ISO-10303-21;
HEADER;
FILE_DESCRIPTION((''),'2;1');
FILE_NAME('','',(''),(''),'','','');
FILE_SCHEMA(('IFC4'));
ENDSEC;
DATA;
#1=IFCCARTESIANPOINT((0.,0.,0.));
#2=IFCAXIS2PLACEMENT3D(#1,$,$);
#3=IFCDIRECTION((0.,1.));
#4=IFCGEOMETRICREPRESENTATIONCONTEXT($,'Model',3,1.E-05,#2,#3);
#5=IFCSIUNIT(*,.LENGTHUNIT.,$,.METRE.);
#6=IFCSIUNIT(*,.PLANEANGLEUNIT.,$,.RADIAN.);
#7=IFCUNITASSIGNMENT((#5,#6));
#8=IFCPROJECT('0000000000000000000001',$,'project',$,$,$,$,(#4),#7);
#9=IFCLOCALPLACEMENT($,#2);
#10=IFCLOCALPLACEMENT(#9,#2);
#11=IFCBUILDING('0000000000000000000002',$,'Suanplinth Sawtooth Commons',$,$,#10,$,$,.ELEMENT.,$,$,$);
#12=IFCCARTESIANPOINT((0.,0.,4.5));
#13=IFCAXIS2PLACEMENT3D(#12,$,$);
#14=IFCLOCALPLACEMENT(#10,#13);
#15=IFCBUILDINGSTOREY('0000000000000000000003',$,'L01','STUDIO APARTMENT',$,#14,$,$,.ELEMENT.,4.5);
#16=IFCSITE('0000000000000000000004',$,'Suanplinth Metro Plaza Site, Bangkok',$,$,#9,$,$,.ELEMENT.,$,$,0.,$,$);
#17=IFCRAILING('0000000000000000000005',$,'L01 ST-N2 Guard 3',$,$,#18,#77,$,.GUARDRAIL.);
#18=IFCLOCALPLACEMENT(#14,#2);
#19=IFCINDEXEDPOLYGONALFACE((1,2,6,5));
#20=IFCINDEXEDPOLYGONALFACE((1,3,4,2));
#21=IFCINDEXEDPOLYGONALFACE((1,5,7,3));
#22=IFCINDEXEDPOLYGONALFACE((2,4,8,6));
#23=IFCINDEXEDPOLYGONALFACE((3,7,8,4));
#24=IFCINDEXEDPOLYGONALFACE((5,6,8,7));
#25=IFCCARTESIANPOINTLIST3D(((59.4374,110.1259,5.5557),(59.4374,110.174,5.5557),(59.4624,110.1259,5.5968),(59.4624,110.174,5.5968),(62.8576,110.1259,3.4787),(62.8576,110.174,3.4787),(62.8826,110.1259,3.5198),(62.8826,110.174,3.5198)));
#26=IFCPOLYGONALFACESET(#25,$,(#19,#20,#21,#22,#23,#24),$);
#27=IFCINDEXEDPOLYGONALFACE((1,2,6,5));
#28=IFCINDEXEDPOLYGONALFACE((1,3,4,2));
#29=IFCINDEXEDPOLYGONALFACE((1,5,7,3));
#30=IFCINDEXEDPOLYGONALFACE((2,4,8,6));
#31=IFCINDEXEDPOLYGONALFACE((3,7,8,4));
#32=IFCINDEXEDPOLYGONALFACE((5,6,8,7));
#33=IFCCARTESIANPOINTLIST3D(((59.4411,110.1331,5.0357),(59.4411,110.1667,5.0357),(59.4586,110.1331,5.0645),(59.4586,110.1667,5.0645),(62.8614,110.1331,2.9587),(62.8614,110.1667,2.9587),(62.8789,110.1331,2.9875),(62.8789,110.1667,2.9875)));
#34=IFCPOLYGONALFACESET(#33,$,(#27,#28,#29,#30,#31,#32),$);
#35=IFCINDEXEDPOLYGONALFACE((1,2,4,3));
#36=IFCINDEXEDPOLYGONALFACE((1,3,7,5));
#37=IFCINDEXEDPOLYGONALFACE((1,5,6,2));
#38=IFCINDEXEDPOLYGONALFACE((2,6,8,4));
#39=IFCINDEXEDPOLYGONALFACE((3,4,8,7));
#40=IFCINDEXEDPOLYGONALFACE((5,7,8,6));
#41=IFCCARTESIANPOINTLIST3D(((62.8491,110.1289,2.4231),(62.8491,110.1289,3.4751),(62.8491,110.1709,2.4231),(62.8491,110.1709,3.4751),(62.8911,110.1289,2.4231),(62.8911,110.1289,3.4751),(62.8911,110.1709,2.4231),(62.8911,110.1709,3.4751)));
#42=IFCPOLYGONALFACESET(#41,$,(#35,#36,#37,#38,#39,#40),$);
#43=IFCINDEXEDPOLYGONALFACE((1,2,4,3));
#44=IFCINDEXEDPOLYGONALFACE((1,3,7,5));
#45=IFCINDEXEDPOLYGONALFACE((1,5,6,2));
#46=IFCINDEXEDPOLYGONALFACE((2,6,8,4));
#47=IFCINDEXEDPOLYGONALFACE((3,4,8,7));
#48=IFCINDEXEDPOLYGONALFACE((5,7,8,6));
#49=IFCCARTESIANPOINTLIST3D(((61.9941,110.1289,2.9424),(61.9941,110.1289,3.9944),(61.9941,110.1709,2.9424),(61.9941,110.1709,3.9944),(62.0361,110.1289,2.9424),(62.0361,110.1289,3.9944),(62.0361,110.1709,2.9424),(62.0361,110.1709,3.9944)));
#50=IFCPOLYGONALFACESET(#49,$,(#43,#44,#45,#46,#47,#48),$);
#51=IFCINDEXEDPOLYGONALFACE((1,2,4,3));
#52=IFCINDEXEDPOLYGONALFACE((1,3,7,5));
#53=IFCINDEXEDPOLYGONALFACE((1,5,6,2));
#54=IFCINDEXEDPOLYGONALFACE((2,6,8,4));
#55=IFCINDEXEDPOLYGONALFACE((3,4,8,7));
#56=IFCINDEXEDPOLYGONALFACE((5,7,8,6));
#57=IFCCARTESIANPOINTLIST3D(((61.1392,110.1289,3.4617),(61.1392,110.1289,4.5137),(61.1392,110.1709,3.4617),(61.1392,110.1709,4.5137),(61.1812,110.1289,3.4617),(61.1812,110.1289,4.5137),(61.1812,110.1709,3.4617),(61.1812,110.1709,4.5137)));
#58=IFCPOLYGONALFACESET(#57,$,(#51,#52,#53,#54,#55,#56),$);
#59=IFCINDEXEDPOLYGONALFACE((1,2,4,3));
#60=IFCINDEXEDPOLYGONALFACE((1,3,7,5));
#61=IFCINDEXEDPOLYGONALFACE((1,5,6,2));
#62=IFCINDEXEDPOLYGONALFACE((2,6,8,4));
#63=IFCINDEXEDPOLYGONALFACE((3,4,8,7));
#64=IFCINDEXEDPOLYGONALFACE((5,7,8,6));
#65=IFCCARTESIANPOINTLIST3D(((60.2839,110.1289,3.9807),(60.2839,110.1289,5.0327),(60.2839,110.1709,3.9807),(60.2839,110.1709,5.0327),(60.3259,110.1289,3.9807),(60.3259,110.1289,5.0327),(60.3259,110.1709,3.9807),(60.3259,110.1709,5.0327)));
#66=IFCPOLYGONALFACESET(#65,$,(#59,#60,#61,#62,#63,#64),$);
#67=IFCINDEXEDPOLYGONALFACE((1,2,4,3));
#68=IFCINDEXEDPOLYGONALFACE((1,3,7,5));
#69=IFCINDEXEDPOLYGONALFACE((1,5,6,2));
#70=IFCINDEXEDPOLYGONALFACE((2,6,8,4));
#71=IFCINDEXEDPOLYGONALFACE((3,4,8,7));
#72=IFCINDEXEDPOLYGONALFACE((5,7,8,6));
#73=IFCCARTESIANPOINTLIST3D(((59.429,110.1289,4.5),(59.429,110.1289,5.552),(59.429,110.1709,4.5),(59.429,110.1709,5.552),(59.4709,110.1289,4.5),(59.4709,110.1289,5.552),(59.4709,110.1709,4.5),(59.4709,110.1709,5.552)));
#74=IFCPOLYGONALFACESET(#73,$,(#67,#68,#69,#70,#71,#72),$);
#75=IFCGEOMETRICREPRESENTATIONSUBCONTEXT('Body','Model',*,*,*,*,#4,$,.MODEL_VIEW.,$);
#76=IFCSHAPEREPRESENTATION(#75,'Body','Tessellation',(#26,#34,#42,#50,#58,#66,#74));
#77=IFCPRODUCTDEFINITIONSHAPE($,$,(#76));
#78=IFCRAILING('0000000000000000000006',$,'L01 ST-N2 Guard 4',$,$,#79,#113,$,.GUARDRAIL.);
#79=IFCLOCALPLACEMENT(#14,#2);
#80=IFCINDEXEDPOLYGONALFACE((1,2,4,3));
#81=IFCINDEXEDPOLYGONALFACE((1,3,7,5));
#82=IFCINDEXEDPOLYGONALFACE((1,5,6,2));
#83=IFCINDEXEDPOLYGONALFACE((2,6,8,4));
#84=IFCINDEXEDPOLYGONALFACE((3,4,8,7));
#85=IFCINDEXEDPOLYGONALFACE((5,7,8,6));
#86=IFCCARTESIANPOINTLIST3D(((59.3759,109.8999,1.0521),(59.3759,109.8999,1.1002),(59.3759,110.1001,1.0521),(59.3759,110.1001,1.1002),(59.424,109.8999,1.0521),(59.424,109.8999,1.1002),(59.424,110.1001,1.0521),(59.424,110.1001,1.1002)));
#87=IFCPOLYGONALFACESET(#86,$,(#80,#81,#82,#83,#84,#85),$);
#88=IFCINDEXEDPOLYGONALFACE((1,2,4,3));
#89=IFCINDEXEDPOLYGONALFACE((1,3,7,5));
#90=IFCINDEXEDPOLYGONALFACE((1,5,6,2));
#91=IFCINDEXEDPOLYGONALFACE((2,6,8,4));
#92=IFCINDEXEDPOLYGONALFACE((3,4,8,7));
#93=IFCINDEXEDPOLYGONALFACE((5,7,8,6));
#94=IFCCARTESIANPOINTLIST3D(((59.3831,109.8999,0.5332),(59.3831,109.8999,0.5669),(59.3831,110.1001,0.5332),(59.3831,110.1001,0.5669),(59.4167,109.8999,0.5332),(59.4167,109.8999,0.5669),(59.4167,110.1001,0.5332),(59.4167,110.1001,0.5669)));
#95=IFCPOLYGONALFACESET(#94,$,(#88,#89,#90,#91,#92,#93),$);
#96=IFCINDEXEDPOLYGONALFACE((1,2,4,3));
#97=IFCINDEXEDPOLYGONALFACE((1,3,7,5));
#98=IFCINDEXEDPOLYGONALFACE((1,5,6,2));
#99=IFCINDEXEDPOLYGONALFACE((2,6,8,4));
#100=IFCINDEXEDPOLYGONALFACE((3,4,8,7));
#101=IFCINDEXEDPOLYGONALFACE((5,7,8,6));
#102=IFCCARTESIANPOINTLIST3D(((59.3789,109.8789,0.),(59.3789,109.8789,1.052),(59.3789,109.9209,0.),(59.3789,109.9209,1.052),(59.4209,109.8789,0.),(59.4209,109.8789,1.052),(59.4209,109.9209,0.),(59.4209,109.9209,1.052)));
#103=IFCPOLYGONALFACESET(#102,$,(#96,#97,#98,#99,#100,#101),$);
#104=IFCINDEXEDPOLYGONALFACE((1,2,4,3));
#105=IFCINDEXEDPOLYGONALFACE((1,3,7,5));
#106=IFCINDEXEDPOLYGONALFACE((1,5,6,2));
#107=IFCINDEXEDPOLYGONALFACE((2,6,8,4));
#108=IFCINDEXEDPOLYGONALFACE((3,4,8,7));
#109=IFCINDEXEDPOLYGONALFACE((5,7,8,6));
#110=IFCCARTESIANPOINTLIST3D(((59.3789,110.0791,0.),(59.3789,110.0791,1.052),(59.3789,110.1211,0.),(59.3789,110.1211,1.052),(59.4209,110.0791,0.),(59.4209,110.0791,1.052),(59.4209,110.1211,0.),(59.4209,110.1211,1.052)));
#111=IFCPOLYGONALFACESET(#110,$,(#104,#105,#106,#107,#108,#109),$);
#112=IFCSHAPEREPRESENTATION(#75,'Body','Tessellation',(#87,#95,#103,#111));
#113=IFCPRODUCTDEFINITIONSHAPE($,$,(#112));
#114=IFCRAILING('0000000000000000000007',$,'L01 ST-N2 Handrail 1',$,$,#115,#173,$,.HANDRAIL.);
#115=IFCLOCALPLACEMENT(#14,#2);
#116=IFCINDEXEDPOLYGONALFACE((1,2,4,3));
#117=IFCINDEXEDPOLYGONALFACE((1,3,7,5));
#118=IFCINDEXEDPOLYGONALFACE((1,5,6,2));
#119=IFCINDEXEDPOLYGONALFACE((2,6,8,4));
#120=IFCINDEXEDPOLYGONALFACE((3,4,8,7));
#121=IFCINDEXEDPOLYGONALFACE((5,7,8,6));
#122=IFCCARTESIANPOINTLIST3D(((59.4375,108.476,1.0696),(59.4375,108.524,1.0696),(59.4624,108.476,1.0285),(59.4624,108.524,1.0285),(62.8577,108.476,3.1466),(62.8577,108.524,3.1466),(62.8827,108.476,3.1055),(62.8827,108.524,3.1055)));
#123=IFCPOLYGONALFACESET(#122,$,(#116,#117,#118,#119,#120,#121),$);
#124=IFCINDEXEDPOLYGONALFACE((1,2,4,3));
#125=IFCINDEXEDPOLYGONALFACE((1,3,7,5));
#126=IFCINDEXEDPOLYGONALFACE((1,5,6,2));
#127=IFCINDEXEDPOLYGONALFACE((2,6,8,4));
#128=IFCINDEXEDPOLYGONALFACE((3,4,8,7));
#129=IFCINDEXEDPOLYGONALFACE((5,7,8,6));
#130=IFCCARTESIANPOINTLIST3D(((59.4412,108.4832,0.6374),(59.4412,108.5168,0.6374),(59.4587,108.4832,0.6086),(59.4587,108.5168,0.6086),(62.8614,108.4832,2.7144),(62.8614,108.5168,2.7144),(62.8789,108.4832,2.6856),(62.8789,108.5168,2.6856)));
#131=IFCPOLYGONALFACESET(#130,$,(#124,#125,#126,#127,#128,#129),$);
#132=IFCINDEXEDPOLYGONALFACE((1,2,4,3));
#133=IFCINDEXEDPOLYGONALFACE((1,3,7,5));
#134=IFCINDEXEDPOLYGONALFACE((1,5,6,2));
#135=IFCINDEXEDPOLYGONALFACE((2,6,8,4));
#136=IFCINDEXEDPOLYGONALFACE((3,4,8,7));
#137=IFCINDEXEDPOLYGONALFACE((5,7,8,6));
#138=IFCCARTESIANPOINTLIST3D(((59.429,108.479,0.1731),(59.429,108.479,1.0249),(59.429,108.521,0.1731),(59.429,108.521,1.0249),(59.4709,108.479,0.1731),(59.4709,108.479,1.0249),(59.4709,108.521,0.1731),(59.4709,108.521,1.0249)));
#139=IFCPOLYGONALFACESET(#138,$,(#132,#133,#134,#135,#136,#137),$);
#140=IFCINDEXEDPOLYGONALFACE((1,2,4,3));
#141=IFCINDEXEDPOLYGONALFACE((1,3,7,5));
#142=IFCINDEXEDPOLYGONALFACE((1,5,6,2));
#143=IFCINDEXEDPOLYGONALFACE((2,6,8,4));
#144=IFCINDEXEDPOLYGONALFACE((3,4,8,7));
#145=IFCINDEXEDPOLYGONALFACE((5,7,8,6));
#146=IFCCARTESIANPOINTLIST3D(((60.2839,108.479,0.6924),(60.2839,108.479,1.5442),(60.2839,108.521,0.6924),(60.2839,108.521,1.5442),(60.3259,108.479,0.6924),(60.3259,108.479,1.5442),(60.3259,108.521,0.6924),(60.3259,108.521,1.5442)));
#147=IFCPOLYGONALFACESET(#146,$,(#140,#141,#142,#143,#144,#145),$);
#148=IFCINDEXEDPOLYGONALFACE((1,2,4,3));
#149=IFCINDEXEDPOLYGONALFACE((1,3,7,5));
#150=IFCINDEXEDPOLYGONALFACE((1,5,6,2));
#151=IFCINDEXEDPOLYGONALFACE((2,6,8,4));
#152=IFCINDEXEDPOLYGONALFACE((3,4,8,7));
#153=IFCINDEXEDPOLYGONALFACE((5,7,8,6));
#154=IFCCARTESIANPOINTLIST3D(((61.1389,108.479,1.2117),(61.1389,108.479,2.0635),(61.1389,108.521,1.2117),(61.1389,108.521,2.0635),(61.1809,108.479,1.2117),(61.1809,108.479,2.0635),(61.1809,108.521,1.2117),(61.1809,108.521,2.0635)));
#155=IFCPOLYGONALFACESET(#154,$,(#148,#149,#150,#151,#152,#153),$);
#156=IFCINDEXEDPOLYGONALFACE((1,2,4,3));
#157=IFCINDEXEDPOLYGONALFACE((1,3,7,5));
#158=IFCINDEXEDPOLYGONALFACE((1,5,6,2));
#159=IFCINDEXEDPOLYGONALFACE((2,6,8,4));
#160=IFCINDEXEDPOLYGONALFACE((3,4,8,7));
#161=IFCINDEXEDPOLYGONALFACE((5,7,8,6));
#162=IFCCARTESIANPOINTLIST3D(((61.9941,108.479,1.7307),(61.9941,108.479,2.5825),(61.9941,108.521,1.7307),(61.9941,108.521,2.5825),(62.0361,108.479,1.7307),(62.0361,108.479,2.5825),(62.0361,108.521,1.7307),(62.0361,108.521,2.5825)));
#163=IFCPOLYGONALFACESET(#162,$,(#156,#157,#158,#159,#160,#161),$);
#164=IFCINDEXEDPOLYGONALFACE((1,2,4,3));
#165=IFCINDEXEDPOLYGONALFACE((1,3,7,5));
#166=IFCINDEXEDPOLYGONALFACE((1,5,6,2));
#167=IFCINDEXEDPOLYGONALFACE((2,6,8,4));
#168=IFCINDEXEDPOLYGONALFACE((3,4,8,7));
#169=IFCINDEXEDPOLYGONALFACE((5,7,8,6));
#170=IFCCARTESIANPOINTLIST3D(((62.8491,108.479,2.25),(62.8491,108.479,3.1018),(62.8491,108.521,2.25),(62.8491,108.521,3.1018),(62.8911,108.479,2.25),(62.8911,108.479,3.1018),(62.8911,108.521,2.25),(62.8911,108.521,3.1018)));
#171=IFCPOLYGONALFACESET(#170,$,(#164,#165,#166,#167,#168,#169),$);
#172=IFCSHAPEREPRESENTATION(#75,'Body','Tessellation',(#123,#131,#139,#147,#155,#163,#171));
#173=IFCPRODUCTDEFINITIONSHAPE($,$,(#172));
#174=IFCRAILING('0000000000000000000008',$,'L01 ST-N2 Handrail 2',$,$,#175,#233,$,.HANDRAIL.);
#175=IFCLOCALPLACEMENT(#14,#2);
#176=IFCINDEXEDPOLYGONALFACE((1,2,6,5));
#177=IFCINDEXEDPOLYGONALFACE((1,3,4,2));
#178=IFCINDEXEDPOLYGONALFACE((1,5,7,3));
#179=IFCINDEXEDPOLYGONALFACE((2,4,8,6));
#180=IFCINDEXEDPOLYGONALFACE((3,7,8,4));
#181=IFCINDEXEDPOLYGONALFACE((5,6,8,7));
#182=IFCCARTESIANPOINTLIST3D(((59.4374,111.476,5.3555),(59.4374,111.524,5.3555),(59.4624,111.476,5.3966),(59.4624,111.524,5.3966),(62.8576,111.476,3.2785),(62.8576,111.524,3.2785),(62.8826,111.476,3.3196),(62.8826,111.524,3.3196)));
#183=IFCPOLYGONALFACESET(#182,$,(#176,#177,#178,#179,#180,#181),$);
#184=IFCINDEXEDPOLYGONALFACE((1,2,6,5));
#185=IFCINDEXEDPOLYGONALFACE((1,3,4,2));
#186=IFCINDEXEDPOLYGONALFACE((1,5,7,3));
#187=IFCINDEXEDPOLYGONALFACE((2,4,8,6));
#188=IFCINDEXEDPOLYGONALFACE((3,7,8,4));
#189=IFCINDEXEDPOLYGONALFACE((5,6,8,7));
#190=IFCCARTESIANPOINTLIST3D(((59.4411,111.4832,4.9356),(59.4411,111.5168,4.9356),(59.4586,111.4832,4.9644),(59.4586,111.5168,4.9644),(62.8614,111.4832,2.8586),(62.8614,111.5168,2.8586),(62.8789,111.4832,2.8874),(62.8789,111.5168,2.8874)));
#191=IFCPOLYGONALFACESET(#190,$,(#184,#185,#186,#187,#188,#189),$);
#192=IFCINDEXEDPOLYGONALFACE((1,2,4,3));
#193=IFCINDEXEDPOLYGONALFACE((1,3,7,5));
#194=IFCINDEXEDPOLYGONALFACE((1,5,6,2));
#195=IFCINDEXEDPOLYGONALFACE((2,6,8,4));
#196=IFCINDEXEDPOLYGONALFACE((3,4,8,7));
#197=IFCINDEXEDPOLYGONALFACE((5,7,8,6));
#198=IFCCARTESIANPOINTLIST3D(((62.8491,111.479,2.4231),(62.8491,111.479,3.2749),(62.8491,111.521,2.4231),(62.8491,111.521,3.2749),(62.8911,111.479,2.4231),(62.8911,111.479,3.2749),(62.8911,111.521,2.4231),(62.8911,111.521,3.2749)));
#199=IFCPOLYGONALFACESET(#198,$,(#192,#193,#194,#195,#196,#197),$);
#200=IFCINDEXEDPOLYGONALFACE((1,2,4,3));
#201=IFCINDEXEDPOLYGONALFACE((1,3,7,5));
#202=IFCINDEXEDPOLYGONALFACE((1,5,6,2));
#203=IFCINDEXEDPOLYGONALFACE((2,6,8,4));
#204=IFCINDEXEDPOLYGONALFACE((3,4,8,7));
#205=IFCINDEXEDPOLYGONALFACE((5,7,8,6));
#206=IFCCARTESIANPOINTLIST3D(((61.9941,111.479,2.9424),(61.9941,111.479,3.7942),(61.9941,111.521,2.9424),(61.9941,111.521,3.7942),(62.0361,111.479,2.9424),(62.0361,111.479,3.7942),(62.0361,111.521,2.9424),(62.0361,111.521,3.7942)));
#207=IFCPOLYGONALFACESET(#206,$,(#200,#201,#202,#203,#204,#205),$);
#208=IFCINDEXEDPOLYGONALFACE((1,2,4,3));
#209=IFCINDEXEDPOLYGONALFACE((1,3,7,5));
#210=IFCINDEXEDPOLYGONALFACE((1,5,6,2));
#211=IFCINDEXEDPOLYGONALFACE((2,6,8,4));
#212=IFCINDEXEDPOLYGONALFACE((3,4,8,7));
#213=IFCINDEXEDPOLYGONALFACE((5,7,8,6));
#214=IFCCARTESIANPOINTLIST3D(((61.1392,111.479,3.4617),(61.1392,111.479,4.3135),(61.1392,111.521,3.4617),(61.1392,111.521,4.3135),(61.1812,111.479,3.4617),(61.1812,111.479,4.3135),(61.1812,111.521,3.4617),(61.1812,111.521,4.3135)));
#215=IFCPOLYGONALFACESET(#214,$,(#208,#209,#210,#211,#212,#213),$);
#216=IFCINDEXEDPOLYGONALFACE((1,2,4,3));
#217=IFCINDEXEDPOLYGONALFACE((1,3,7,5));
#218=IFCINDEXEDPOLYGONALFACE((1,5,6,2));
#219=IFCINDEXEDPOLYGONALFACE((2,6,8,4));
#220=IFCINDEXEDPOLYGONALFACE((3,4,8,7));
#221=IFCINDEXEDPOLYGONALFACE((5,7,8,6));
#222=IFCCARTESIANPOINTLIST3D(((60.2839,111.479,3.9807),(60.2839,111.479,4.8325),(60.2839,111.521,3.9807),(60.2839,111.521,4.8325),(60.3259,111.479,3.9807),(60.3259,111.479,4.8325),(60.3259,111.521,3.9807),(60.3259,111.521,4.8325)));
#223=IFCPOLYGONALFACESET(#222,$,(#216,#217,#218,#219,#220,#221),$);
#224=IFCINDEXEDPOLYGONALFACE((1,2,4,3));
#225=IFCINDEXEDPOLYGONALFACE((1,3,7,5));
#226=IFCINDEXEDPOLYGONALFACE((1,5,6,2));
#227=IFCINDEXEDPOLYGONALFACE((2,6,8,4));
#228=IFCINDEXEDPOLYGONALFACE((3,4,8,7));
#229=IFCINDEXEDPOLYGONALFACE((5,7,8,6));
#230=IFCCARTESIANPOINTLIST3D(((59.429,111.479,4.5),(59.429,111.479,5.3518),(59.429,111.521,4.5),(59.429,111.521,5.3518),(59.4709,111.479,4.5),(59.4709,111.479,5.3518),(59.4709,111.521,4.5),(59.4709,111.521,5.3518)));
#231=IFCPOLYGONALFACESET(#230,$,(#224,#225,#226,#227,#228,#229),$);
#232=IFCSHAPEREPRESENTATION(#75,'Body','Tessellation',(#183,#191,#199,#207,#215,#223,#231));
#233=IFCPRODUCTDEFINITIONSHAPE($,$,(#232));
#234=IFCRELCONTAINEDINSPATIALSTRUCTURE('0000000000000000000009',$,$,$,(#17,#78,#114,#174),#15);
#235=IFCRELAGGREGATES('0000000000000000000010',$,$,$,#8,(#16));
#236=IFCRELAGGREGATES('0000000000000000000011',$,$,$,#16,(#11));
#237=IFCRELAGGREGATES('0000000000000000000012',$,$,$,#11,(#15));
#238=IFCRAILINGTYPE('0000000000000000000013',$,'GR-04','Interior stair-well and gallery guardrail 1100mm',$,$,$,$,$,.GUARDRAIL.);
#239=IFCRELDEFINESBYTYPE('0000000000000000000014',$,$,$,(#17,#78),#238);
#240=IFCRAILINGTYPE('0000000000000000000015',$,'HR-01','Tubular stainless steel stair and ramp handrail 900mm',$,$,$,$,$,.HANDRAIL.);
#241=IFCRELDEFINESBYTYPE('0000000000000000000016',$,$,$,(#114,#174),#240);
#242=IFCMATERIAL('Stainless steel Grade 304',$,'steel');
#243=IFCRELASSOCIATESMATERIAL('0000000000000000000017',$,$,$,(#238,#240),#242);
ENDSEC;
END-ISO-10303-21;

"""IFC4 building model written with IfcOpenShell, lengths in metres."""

from ifc_helpers import new_model, si_unit, direction, frame, origin, origin_2d, place, context, subcontext, project, spatial, rectangle, extrude, material, type_object, element, save


model = new_model("IFC4")

# Units and contexts
model_context = context("Model", 3, precision=1e-05, world=origin(), true_north=direction((0.0, 1.0)))
body_context = subcontext(model_context, "Body", "Model", "MODEL_VIEW")
ifc_project = project(units=[si_unit("LENGTHUNIT", "METRE"), si_unit("PLANEANGLEUNIT", "RADIAN")], contexts=[model_context])

# Site, building, storey
site_placement = place(None, origin())
site = spatial("IfcSite", under=ifc_project, at=site_placement, Name="Suanplinth Metro Plaza Site, Bangkok", CompositionType="ELEMENT", RefElevation=0.0)
building_placement = place(site_placement, origin())
building = spatial("IfcBuilding", under=site, at=building_placement, Name="Suanplinth Sawtooth Commons", CompositionType="ELEMENT")
storey_placement = place(building_placement, frame((0.0, 0.0, 4.5)))
storey = spatial("IfcBuildingStorey", under=building, at=storey_placement, Name="L01", Description="STUDIO APARTMENT", CompositionType="ELEMENT", Elevation=4.5)

# Shared definitions
ifc_material_1 = material(Name="Stainless steel Grade 304", Category="steel")

# Railings
railing_type_1 = type_object("IfcRailingType", Name="GR-04", Description="Interior stair-well and gallery guardrail 1100mm", PredefinedType="GUARDRAIL", material=ifc_material_1)
railing_1_placement = place(storey_placement, frame((62.8701, 110.1499, 2.4231)))
element("IfcRailing", 1, at=railing_1_placement, inside=storey, type_object=railing_type_1, Name="L01 ST-N2 Guard 3", PredefinedType="GUARDRAIL", context=body_context, shape_type="SweptSolid", body=[
    extrude(rectangle(XDim=0.0481, YDim=0.0481, at=origin_2d()), frame((0.0, 0.0, 1.0762), z_axis=(-0.854746, 0.0, 0.519047), x_axis=(0.0, -1.0, 0.0)), (0.0, 0.0, 1.0), 4.0015),
    extrude(rectangle(XDim=0.0337, YDim=0.0337, at=origin_2d()), frame((0.0, 0.0, 0.55), z_axis=(-0.854746, 0.0, 0.519047), x_axis=(0.0, -1.0, 0.0)), (0.0, 0.0, 1.0), 4.0015),
    extrude(rectangle(XDim=0.042, YDim=0.042, at=origin_2d()), origin(), (0.0, 0.0, 1.0), 1.052),
    extrude(rectangle(XDim=0.042, YDim=0.042, at=origin_2d()), frame((-0.855, 0.0, 0.5193)), (0.0, 0.0, 1.0), 1.052),
    extrude(rectangle(XDim=0.042, YDim=0.042, at=origin_2d()), frame((-1.71, 0.0, 1.0386)), (0.0, 0.0, 1.0), 1.052),
    extrude(rectangle(XDim=0.042, YDim=0.042, at=origin_2d()), frame((-2.5652, 0.0, 1.5576)), (0.0, 0.0, 1.0), 1.052),
    extrude(rectangle(XDim=0.042, YDim=0.042, at=origin_2d()), frame((-3.4202, 0.0, 2.0769)), (0.0, 0.0, 1.0), 1.052),
])
railing_2_placement = place(storey_placement, frame((59.3999, 109.8999, 0.0)))
element("IfcRailing", 2, at=railing_2_placement, inside=storey, type_object=railing_type_1, Name="L01 ST-N2 Guard 4", PredefinedType="GUARDRAIL", context=body_context, shape_type="SweptSolid", body=[
    extrude(rectangle(XDim=0.0481, YDim=0.0481, at=origin_2d()), frame((0.0, 0.0, 1.0762), z_axis=(0.0, 1.0, 0.0), x_axis=(-1.0, 0.0, 0.0)), (0.0, 0.0, 1.0), 0.2002),
    extrude(rectangle(XDim=0.0337, YDim=0.0337, at=origin_2d()), frame((0.0, 0.0, 0.55), z_axis=(0.0, 1.0, 0.0), x_axis=(-1.0, 0.0, 0.0)), (0.0, 0.0, 1.0), 0.2002),
    extrude(rectangle(XDim=0.042, YDim=0.042, at=origin_2d()), origin(), (0.0, 0.0, 1.0), 1.052),
    extrude(rectangle(XDim=0.042, YDim=0.042, at=origin_2d()), frame((0.0, 0.2002, 0.0)), (0.0, 0.0, 1.0), 1.052),
])
railing_type_2 = type_object("IfcRailingType", Name="HR-01", Description="Tubular stainless steel stair and ramp handrail 900mm", PredefinedType="HANDRAIL", material=ifc_material_1)
railing_3_placement = place(storey_placement, frame((59.45, 108.5, 0.1731)))
element("IfcRailing", 3, at=railing_3_placement, inside=storey, type_object=railing_type_2, Name="L01 ST-N2 Handrail 1", PredefinedType="HANDRAIL", context=body_context, shape_type="SweptSolid", body=[
    extrude(rectangle(XDim=0.0481, YDim=0.0481, at=origin_2d()), frame((0.0, 0.0, 0.876), z_axis=(0.854746, 0.0, 0.519047), x_axis=(0.0, 1.0, 0.0)), (0.0, 0.0, 1.0), 4.0015),
    extrude(rectangle(XDim=0.0337, YDim=0.0337, at=origin_2d()), frame((0.0, 0.0, 0.45), z_axis=(0.854746, 0.0, 0.519047), x_axis=(0.0, 1.0, 0.0)), (0.0, 0.0, 1.0), 4.0015),
    extrude(rectangle(XDim=0.042, YDim=0.042, at=origin_2d()), origin(), (0.0, 0.0, 1.0), 0.8518),
    extrude(rectangle(XDim=0.042, YDim=0.042, at=origin_2d()), frame((0.855, 0.0, 0.5193)), (0.0, 0.0, 1.0), 0.8518),
    extrude(rectangle(XDim=0.042, YDim=0.042, at=origin_2d()), frame((1.71, 0.0, 1.0386)), (0.0, 0.0, 1.0), 0.8518),
    extrude(rectangle(XDim=0.042, YDim=0.042, at=origin_2d()), frame((2.5652, 0.0, 1.5576)), (0.0, 0.0, 1.0), 0.8518),
    extrude(rectangle(XDim=0.042, YDim=0.042, at=origin_2d()), frame((3.4202, 0.0, 2.0769)), (0.0, 0.0, 1.0), 0.8518),
])
railing_4_placement = place(storey_placement, frame((62.8701, 111.5, 2.4231)))
element("IfcRailing", 4, at=railing_4_placement, inside=storey, type_object=railing_type_2, Name="L01 ST-N2 Handrail 2", PredefinedType="HANDRAIL", context=body_context, shape_type="SweptSolid", body=[
    extrude(rectangle(XDim=0.0481, YDim=0.0481, at=origin_2d()), frame((0.0, 0.0, 0.876), z_axis=(-0.854746, 0.0, 0.519047), x_axis=(0.0, -1.0, 0.0)), (0.0, 0.0, 1.0), 4.0015),
    extrude(rectangle(XDim=0.0337, YDim=0.0337, at=origin_2d()), frame((0.0, 0.0, 0.45), z_axis=(-0.854746, 0.0, 0.519047), x_axis=(0.0, -1.0, 0.0)), (0.0, 0.0, 1.0), 4.0015),
    extrude(rectangle(XDim=0.042, YDim=0.042, at=origin_2d()), origin(), (0.0, 0.0, 1.0), 0.8518),
    extrude(rectangle(XDim=0.042, YDim=0.042, at=origin_2d()), frame((-0.855, 0.0, 0.5193)), (0.0, 0.0, 1.0), 0.8518),
    extrude(rectangle(XDim=0.042, YDim=0.042, at=origin_2d()), frame((-1.71, 0.0, 1.0386)), (0.0, 0.0, 1.0), 0.8518),
    extrude(rectangle(XDim=0.042, YDim=0.042, at=origin_2d()), frame((-2.5652, 0.0, 1.5576)), (0.0, 0.0, 1.0), 0.8518),
    extrude(rectangle(XDim=0.042, YDim=0.042, at=origin_2d()), frame((-3.4202, 0.0, 2.0769)), (0.0, 0.0, 1.0), 0.8518),
])

save(model, "model.ifc")
